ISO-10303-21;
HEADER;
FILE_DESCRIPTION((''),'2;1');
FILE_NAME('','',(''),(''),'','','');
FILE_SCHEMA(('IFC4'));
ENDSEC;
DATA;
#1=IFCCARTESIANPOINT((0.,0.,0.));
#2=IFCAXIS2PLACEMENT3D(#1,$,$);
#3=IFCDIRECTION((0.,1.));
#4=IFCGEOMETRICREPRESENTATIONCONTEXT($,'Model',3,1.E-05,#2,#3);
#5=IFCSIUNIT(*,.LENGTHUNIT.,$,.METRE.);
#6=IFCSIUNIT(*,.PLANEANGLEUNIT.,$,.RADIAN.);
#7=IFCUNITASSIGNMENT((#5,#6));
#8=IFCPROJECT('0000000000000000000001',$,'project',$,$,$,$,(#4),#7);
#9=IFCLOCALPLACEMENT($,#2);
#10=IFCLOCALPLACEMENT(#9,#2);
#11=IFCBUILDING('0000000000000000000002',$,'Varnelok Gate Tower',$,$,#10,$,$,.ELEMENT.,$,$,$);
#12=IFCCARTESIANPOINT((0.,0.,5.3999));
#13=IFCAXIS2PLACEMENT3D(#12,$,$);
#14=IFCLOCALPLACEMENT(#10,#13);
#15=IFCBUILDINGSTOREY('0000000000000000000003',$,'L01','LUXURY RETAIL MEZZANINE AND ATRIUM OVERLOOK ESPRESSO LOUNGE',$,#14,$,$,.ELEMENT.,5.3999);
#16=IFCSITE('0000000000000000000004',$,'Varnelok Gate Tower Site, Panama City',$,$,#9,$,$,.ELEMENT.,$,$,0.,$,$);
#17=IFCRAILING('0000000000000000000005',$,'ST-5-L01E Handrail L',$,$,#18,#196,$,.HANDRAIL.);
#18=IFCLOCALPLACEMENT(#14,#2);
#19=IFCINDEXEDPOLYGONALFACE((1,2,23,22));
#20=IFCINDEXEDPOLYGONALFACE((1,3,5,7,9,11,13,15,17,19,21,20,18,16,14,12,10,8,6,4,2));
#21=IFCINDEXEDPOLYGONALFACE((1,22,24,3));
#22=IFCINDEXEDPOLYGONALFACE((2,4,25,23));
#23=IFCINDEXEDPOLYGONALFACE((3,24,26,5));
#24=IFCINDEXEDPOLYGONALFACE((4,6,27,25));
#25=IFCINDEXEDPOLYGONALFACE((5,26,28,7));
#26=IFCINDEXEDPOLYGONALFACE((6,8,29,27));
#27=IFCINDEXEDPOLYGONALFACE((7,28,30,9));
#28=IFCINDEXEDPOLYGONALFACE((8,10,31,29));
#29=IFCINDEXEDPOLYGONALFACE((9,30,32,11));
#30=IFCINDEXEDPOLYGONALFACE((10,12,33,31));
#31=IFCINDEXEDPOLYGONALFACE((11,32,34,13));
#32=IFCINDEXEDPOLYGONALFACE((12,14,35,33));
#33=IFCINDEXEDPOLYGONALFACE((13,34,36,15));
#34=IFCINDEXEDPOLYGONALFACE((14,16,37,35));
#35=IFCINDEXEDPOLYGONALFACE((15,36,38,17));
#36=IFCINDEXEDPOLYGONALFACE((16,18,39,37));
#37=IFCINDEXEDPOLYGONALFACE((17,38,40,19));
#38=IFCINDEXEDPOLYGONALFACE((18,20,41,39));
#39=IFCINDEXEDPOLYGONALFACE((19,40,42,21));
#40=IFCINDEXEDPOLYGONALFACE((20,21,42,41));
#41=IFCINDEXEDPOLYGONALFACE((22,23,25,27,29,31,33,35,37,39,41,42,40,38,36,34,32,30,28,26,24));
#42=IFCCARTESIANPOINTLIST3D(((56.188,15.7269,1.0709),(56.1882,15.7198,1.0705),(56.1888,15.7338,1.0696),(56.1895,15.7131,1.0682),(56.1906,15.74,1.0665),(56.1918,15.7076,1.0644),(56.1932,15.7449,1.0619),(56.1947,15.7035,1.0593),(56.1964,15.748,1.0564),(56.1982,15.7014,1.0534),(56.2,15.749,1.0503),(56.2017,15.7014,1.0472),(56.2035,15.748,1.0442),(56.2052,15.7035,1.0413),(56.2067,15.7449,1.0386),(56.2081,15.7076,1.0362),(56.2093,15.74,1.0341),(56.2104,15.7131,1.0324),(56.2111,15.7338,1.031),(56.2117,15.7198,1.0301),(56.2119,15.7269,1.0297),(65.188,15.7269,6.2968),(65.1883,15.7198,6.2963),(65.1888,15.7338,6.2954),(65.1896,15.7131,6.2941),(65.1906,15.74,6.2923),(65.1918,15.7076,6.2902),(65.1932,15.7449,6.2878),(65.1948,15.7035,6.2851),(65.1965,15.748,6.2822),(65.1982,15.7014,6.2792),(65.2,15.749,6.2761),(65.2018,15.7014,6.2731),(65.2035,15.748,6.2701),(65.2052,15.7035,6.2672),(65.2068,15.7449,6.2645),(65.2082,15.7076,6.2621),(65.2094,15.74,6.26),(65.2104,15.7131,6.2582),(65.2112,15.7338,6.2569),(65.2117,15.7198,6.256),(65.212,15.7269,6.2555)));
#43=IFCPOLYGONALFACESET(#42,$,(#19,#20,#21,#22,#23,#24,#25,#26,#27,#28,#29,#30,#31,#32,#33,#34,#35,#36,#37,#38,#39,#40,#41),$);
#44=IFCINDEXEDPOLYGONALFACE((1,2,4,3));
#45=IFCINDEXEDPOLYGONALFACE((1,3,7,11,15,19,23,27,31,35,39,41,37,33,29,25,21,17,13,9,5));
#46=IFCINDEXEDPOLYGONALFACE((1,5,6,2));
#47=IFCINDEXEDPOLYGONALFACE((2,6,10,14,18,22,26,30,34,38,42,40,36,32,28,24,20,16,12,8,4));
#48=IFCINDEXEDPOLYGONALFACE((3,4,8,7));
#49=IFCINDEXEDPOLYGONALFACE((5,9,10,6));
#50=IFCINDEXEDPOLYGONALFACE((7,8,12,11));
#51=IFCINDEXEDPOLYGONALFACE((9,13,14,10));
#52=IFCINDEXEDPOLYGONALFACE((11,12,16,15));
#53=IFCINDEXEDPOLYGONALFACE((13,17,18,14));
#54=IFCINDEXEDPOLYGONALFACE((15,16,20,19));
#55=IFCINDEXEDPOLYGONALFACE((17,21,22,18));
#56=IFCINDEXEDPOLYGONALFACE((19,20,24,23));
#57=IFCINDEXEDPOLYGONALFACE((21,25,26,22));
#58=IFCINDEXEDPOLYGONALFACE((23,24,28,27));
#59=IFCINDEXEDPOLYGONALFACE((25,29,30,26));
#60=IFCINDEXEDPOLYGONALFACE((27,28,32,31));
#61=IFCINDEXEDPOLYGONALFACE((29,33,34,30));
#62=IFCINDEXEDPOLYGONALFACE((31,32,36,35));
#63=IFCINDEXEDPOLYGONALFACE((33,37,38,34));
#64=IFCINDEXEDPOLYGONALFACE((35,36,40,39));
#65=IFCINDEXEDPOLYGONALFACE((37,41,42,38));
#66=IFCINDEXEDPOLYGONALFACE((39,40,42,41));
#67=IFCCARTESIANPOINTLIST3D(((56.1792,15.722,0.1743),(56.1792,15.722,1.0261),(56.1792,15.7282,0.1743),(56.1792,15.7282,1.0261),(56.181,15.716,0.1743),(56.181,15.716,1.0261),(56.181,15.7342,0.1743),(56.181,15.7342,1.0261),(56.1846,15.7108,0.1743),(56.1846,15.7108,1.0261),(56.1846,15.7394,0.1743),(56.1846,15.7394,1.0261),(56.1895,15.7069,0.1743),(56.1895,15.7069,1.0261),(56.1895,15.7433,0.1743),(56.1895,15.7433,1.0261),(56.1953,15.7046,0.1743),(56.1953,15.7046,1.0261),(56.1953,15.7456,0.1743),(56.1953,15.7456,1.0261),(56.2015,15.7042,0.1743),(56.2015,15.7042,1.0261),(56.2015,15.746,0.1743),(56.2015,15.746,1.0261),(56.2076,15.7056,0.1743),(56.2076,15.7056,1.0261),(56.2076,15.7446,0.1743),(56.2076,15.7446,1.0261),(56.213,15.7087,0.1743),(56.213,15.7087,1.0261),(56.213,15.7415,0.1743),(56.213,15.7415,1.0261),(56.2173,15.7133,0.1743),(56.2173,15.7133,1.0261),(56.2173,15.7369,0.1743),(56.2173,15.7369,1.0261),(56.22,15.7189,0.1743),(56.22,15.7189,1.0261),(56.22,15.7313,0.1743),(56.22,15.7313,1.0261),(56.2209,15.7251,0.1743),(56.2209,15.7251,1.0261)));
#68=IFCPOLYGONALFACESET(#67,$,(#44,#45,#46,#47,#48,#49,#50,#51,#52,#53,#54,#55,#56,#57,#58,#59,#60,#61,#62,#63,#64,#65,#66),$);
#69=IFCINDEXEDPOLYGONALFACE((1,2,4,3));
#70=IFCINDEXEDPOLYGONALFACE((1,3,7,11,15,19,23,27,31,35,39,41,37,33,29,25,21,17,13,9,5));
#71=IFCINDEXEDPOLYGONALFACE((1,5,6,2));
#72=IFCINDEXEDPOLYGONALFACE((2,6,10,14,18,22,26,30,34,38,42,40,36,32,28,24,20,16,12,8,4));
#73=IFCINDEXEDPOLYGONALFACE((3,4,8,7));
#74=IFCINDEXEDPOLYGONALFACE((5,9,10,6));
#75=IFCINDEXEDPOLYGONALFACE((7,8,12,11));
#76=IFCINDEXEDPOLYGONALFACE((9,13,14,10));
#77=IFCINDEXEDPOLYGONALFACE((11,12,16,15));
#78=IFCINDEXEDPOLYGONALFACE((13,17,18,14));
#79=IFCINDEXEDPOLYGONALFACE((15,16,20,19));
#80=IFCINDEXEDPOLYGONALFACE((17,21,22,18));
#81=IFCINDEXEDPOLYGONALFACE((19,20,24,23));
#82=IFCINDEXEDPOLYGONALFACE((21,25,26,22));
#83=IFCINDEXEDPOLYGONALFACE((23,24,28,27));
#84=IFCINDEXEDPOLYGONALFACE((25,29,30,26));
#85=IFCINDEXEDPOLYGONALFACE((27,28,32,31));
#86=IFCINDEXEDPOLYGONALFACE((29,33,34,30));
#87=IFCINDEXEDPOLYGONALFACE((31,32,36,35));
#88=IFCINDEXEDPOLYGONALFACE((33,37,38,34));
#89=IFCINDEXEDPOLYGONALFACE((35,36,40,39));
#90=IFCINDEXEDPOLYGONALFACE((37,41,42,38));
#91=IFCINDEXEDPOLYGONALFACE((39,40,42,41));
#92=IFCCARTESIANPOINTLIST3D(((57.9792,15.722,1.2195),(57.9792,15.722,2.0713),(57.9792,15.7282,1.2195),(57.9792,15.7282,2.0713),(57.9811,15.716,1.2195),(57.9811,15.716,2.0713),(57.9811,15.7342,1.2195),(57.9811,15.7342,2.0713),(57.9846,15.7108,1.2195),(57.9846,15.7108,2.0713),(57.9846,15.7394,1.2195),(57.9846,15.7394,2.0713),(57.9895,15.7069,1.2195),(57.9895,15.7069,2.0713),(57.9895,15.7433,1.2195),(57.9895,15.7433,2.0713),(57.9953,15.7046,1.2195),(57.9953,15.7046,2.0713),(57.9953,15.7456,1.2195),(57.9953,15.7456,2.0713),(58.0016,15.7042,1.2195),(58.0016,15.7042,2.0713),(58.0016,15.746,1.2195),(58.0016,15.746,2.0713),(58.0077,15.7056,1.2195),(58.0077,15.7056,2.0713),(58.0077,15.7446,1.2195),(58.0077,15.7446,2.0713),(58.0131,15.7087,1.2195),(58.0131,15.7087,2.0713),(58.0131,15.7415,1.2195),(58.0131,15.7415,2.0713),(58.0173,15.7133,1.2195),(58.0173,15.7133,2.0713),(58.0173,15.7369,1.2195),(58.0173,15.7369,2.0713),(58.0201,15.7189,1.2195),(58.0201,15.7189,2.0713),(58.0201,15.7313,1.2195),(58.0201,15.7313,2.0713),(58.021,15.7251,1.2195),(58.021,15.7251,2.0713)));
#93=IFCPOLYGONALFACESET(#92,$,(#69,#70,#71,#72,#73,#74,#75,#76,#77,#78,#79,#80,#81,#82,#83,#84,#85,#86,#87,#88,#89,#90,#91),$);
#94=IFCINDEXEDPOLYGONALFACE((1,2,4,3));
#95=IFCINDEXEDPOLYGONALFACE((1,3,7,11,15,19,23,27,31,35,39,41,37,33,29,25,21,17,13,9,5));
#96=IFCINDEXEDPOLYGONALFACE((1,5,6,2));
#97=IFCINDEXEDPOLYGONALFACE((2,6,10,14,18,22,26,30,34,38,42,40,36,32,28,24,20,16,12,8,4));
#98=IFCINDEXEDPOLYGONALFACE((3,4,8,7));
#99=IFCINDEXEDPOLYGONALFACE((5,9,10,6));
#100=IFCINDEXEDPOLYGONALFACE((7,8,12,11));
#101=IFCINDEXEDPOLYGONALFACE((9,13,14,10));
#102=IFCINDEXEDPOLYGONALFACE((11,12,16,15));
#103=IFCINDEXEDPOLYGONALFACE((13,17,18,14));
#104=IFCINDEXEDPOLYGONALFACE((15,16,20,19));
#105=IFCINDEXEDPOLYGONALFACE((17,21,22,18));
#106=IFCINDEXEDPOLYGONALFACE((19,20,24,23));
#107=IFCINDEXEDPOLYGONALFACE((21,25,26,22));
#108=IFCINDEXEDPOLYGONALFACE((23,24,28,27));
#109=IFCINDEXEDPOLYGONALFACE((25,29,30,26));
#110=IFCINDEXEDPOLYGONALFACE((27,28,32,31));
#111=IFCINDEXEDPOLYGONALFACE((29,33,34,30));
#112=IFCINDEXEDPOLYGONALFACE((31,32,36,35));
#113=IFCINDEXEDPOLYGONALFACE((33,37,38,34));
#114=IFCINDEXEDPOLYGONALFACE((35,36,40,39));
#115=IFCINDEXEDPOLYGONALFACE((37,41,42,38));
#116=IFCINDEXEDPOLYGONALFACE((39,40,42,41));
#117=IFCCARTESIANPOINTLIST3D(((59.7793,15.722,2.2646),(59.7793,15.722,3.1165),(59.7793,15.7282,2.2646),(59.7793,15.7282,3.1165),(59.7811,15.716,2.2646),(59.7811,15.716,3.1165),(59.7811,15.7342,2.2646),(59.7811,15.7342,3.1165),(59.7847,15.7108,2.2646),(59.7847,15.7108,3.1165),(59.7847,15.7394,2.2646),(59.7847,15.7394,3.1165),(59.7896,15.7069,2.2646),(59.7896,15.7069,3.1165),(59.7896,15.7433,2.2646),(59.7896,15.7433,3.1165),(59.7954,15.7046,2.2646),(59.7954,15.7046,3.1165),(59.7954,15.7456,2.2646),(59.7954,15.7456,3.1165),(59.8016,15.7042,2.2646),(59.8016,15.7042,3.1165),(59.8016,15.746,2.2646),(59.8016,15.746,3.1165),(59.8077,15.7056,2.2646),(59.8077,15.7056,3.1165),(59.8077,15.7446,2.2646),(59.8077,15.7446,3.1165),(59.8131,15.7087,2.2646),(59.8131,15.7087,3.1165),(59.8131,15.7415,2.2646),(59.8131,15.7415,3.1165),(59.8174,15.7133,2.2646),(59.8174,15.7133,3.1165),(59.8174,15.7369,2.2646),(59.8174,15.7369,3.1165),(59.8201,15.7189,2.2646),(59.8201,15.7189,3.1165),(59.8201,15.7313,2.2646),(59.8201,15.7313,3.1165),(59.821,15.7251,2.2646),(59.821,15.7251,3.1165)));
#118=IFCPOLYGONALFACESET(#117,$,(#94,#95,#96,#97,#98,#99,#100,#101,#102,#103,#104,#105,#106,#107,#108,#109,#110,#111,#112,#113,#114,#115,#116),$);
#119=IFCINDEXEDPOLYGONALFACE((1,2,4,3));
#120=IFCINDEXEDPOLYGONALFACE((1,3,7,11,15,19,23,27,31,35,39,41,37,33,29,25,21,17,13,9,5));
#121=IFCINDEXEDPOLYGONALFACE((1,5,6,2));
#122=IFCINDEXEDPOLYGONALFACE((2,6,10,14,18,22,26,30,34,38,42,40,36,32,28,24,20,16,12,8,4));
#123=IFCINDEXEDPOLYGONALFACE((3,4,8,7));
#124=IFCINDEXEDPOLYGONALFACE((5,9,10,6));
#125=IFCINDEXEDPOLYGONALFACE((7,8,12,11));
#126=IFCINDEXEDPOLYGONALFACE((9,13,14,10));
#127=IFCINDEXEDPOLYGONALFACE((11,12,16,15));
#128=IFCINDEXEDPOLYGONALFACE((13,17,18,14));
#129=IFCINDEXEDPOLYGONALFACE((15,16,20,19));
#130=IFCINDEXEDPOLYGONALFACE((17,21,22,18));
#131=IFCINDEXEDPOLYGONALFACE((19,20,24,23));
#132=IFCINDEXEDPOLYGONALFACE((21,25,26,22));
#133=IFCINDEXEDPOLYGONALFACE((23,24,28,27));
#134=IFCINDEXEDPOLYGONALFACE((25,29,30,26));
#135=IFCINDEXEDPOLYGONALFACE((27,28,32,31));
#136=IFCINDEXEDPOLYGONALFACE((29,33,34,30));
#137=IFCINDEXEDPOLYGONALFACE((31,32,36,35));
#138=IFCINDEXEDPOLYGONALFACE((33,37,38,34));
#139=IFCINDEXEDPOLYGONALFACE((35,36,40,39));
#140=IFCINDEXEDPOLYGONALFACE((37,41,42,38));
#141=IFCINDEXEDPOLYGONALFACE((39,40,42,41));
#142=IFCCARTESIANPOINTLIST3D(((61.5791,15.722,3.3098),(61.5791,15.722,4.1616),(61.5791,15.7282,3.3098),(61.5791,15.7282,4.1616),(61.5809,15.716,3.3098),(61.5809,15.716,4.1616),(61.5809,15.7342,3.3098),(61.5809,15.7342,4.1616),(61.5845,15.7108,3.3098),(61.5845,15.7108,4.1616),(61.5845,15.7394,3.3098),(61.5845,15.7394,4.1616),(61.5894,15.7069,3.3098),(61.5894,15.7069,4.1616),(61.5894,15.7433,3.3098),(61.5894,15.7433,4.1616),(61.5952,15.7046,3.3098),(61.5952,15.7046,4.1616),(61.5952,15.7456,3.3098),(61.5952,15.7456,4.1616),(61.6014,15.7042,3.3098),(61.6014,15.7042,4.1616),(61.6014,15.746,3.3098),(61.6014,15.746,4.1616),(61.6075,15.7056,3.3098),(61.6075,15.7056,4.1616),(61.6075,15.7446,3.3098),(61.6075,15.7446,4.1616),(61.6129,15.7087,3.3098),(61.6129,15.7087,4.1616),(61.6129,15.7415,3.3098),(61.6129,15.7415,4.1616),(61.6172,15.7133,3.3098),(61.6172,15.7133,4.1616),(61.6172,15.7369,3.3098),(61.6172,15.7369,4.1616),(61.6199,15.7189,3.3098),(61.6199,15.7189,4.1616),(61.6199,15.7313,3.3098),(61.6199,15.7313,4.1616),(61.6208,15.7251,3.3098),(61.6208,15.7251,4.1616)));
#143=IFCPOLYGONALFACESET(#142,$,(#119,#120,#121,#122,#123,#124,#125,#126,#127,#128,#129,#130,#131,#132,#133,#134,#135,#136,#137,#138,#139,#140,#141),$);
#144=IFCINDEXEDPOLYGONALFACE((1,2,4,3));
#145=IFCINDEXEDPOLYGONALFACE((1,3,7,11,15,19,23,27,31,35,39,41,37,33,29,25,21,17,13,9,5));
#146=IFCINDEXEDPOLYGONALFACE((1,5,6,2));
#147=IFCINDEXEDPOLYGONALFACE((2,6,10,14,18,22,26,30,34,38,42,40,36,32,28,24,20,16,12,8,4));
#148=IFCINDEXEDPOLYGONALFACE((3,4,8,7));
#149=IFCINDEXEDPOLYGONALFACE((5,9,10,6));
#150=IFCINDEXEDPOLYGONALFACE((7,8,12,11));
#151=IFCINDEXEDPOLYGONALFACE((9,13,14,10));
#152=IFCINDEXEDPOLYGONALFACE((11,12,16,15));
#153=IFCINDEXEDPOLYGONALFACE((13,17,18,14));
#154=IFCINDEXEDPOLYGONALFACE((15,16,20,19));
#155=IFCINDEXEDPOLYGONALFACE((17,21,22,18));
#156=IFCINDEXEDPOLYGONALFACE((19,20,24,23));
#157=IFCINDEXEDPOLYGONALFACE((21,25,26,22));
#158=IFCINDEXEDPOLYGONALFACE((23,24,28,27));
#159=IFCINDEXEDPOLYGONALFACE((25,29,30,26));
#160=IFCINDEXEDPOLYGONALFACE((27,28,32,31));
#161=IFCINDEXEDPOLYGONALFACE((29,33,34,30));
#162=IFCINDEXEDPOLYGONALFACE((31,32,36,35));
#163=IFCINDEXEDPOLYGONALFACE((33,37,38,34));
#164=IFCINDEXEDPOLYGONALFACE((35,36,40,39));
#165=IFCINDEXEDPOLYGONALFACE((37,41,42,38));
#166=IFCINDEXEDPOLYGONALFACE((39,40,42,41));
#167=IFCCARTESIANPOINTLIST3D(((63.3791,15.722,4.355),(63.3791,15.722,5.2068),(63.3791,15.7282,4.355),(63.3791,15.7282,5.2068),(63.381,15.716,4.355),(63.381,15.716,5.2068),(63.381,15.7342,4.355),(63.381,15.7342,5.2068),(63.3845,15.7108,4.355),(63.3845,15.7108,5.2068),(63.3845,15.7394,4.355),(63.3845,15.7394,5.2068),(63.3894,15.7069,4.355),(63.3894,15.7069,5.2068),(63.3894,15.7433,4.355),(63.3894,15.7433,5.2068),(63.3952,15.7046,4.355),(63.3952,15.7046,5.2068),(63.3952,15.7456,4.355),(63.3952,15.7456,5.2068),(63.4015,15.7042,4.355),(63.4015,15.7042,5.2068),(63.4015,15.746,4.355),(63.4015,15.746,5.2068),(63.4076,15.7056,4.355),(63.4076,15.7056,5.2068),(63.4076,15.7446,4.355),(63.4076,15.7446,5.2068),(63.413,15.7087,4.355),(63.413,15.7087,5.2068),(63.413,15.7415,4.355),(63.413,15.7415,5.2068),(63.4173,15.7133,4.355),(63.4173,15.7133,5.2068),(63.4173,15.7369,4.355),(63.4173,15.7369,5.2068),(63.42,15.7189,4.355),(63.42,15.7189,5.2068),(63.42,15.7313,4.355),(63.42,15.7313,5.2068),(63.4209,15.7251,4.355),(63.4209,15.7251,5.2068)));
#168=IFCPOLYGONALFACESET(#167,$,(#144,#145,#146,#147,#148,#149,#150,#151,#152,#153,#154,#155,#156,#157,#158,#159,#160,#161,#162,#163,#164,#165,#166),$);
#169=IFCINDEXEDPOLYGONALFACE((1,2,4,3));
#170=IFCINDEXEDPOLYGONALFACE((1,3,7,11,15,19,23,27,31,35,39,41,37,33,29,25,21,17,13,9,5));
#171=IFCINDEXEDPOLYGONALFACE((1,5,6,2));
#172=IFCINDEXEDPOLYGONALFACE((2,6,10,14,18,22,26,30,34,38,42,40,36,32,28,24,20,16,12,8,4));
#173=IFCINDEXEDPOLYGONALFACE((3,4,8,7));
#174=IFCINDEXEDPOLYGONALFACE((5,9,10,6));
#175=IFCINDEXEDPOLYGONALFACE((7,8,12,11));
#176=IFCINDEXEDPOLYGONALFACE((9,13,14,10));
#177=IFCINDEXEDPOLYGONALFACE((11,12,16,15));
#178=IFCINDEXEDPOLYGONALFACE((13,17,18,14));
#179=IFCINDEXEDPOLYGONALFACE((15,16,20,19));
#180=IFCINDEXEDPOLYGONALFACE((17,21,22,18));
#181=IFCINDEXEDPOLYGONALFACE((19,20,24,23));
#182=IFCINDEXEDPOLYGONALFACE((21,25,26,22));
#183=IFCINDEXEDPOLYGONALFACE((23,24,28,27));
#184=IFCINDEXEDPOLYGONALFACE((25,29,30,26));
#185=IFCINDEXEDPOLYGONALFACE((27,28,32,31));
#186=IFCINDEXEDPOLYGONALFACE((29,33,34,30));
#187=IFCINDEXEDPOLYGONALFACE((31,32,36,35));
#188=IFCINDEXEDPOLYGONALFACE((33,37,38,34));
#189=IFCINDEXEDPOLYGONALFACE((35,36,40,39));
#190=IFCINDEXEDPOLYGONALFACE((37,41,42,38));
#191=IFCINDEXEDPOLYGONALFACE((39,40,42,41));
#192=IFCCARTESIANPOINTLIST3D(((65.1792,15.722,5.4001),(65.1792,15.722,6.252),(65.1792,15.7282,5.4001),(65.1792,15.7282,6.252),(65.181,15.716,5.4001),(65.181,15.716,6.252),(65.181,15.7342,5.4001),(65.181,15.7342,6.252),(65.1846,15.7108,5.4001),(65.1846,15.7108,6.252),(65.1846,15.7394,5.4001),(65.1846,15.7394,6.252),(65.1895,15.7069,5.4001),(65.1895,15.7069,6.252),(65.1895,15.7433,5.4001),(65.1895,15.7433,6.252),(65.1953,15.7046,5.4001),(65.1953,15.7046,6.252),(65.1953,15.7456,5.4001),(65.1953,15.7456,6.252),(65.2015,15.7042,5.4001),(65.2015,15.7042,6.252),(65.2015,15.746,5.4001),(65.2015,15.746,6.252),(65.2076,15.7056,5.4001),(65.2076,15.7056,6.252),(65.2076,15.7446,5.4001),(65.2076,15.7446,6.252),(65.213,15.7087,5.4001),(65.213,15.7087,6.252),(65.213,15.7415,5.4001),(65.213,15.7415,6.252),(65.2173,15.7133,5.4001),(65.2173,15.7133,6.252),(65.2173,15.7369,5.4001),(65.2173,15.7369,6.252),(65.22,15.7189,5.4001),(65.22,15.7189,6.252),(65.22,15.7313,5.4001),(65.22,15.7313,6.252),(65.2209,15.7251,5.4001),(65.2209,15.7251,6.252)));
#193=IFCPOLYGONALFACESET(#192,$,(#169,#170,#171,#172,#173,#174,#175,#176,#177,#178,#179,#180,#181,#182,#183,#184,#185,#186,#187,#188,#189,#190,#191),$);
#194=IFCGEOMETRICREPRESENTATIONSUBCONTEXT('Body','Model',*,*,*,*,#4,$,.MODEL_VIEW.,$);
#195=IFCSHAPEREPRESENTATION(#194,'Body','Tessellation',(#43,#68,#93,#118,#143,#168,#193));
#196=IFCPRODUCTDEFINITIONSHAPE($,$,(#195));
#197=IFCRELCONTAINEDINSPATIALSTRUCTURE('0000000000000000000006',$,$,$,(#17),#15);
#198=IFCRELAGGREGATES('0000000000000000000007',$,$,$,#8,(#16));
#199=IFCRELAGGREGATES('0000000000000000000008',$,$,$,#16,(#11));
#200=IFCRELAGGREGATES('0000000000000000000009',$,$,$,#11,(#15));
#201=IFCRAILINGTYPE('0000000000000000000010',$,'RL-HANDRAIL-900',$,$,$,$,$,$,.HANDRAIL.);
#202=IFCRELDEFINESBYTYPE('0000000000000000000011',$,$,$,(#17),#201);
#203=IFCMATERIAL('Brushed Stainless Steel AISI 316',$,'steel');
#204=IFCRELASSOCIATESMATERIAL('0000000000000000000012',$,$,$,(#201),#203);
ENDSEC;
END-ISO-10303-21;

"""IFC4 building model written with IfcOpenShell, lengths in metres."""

from ifc_helpers import new_model, si_unit, direction, frame, origin, origin_2d, place, context, subcontext, project, spatial, circle, extrude, material, type_object, element, save


model = new_model("IFC4")

# Units and contexts
model_context = context("Model", 3, precision=1e-05, world=origin(), true_north=direction((0.0, 1.0)))
body_context = subcontext(model_context, "Body", "Model", "MODEL_VIEW")
ifc_project = project(units=[si_unit("LENGTHUNIT", "METRE"), si_unit("PLANEANGLEUNIT", "RADIAN")], contexts=[model_context])

# Site, building, storey
site_placement = place(None, origin())
site = spatial("IfcSite", under=ifc_project, at=site_placement, Name="Varnelok Gate Tower Site, Panama City", CompositionType="ELEMENT", RefElevation=0.0)
building_placement = place(site_placement, origin())
building = spatial("IfcBuilding", under=site, at=building_placement, Name="Varnelok Gate Tower", CompositionType="ELEMENT")
storey_placement = place(building_placement, frame((0.0, 0.0, 5.3999)))
storey = spatial("IfcBuildingStorey", under=building, at=storey_placement, Name="L01", Description="LUXURY RETAIL MEZZANINE AND ATRIUM OVERLOOK ESPRESSO LOUNGE", CompositionType="ELEMENT", Elevation=5.3999)

# Railing
ifc_material_1 = material(Name="Brushed Stainless Steel AISI 316", Category="steel")
railing_type_1 = type_object("IfcRailingType", Name="RL-HANDRAIL-900", PredefinedType="HANDRAIL", material=ifc_material_1)
for number, where, name in (
    (1, (56.2, 15.7251, 0.1743), "ST-5-L01E Handrail L"),
):
    element("IfcRailing", number, at=place(storey_placement, frame(where)), inside=storey, type_object=railing_type_1, Name=name, PredefinedType="HANDRAIL", context=body_context, shape_type="SweptSolid", body=[
        extrude(circle(Radius=0.0239, at=origin_2d()), frame((0.0, 0.0, 0.876), z_axis=(0.864788, 0.0, 0.502137), x_axis=(0.0, 1.0, 0.0)), (0.0, 0.0, 1.0), 10.4072),
        extrude(circle(Radius=0.021, at=origin_2d()), origin(), (0.0, 0.0, 1.0), 0.8518),
        extrude(circle(Radius=0.021, at=origin_2d()), frame((1.8, 0.0, 1.0452)), (0.0, 0.0, 1.0), 0.8518),
        extrude(circle(Radius=0.021, at=origin_2d()), frame((3.6001, 0.0, 2.0903)), (0.0, 0.0, 1.0), 0.8518),
        extrude(circle(Radius=0.021, at=origin_2d()), frame((5.3999, 0.0, 3.1355)), (0.0, 0.0, 1.0), 0.8518),
        extrude(circle(Radius=0.021, at=origin_2d()), frame((7.2, 0.0, 4.1807)), (0.0, 0.0, 1.0), 0.8518),
        extrude(circle(Radius=0.021, at=origin_2d()), frame((9.0, 0.0, 5.2258)), (0.0, 0.0, 1.0), 0.8518),
    ])

save(model, "model.ifc")
